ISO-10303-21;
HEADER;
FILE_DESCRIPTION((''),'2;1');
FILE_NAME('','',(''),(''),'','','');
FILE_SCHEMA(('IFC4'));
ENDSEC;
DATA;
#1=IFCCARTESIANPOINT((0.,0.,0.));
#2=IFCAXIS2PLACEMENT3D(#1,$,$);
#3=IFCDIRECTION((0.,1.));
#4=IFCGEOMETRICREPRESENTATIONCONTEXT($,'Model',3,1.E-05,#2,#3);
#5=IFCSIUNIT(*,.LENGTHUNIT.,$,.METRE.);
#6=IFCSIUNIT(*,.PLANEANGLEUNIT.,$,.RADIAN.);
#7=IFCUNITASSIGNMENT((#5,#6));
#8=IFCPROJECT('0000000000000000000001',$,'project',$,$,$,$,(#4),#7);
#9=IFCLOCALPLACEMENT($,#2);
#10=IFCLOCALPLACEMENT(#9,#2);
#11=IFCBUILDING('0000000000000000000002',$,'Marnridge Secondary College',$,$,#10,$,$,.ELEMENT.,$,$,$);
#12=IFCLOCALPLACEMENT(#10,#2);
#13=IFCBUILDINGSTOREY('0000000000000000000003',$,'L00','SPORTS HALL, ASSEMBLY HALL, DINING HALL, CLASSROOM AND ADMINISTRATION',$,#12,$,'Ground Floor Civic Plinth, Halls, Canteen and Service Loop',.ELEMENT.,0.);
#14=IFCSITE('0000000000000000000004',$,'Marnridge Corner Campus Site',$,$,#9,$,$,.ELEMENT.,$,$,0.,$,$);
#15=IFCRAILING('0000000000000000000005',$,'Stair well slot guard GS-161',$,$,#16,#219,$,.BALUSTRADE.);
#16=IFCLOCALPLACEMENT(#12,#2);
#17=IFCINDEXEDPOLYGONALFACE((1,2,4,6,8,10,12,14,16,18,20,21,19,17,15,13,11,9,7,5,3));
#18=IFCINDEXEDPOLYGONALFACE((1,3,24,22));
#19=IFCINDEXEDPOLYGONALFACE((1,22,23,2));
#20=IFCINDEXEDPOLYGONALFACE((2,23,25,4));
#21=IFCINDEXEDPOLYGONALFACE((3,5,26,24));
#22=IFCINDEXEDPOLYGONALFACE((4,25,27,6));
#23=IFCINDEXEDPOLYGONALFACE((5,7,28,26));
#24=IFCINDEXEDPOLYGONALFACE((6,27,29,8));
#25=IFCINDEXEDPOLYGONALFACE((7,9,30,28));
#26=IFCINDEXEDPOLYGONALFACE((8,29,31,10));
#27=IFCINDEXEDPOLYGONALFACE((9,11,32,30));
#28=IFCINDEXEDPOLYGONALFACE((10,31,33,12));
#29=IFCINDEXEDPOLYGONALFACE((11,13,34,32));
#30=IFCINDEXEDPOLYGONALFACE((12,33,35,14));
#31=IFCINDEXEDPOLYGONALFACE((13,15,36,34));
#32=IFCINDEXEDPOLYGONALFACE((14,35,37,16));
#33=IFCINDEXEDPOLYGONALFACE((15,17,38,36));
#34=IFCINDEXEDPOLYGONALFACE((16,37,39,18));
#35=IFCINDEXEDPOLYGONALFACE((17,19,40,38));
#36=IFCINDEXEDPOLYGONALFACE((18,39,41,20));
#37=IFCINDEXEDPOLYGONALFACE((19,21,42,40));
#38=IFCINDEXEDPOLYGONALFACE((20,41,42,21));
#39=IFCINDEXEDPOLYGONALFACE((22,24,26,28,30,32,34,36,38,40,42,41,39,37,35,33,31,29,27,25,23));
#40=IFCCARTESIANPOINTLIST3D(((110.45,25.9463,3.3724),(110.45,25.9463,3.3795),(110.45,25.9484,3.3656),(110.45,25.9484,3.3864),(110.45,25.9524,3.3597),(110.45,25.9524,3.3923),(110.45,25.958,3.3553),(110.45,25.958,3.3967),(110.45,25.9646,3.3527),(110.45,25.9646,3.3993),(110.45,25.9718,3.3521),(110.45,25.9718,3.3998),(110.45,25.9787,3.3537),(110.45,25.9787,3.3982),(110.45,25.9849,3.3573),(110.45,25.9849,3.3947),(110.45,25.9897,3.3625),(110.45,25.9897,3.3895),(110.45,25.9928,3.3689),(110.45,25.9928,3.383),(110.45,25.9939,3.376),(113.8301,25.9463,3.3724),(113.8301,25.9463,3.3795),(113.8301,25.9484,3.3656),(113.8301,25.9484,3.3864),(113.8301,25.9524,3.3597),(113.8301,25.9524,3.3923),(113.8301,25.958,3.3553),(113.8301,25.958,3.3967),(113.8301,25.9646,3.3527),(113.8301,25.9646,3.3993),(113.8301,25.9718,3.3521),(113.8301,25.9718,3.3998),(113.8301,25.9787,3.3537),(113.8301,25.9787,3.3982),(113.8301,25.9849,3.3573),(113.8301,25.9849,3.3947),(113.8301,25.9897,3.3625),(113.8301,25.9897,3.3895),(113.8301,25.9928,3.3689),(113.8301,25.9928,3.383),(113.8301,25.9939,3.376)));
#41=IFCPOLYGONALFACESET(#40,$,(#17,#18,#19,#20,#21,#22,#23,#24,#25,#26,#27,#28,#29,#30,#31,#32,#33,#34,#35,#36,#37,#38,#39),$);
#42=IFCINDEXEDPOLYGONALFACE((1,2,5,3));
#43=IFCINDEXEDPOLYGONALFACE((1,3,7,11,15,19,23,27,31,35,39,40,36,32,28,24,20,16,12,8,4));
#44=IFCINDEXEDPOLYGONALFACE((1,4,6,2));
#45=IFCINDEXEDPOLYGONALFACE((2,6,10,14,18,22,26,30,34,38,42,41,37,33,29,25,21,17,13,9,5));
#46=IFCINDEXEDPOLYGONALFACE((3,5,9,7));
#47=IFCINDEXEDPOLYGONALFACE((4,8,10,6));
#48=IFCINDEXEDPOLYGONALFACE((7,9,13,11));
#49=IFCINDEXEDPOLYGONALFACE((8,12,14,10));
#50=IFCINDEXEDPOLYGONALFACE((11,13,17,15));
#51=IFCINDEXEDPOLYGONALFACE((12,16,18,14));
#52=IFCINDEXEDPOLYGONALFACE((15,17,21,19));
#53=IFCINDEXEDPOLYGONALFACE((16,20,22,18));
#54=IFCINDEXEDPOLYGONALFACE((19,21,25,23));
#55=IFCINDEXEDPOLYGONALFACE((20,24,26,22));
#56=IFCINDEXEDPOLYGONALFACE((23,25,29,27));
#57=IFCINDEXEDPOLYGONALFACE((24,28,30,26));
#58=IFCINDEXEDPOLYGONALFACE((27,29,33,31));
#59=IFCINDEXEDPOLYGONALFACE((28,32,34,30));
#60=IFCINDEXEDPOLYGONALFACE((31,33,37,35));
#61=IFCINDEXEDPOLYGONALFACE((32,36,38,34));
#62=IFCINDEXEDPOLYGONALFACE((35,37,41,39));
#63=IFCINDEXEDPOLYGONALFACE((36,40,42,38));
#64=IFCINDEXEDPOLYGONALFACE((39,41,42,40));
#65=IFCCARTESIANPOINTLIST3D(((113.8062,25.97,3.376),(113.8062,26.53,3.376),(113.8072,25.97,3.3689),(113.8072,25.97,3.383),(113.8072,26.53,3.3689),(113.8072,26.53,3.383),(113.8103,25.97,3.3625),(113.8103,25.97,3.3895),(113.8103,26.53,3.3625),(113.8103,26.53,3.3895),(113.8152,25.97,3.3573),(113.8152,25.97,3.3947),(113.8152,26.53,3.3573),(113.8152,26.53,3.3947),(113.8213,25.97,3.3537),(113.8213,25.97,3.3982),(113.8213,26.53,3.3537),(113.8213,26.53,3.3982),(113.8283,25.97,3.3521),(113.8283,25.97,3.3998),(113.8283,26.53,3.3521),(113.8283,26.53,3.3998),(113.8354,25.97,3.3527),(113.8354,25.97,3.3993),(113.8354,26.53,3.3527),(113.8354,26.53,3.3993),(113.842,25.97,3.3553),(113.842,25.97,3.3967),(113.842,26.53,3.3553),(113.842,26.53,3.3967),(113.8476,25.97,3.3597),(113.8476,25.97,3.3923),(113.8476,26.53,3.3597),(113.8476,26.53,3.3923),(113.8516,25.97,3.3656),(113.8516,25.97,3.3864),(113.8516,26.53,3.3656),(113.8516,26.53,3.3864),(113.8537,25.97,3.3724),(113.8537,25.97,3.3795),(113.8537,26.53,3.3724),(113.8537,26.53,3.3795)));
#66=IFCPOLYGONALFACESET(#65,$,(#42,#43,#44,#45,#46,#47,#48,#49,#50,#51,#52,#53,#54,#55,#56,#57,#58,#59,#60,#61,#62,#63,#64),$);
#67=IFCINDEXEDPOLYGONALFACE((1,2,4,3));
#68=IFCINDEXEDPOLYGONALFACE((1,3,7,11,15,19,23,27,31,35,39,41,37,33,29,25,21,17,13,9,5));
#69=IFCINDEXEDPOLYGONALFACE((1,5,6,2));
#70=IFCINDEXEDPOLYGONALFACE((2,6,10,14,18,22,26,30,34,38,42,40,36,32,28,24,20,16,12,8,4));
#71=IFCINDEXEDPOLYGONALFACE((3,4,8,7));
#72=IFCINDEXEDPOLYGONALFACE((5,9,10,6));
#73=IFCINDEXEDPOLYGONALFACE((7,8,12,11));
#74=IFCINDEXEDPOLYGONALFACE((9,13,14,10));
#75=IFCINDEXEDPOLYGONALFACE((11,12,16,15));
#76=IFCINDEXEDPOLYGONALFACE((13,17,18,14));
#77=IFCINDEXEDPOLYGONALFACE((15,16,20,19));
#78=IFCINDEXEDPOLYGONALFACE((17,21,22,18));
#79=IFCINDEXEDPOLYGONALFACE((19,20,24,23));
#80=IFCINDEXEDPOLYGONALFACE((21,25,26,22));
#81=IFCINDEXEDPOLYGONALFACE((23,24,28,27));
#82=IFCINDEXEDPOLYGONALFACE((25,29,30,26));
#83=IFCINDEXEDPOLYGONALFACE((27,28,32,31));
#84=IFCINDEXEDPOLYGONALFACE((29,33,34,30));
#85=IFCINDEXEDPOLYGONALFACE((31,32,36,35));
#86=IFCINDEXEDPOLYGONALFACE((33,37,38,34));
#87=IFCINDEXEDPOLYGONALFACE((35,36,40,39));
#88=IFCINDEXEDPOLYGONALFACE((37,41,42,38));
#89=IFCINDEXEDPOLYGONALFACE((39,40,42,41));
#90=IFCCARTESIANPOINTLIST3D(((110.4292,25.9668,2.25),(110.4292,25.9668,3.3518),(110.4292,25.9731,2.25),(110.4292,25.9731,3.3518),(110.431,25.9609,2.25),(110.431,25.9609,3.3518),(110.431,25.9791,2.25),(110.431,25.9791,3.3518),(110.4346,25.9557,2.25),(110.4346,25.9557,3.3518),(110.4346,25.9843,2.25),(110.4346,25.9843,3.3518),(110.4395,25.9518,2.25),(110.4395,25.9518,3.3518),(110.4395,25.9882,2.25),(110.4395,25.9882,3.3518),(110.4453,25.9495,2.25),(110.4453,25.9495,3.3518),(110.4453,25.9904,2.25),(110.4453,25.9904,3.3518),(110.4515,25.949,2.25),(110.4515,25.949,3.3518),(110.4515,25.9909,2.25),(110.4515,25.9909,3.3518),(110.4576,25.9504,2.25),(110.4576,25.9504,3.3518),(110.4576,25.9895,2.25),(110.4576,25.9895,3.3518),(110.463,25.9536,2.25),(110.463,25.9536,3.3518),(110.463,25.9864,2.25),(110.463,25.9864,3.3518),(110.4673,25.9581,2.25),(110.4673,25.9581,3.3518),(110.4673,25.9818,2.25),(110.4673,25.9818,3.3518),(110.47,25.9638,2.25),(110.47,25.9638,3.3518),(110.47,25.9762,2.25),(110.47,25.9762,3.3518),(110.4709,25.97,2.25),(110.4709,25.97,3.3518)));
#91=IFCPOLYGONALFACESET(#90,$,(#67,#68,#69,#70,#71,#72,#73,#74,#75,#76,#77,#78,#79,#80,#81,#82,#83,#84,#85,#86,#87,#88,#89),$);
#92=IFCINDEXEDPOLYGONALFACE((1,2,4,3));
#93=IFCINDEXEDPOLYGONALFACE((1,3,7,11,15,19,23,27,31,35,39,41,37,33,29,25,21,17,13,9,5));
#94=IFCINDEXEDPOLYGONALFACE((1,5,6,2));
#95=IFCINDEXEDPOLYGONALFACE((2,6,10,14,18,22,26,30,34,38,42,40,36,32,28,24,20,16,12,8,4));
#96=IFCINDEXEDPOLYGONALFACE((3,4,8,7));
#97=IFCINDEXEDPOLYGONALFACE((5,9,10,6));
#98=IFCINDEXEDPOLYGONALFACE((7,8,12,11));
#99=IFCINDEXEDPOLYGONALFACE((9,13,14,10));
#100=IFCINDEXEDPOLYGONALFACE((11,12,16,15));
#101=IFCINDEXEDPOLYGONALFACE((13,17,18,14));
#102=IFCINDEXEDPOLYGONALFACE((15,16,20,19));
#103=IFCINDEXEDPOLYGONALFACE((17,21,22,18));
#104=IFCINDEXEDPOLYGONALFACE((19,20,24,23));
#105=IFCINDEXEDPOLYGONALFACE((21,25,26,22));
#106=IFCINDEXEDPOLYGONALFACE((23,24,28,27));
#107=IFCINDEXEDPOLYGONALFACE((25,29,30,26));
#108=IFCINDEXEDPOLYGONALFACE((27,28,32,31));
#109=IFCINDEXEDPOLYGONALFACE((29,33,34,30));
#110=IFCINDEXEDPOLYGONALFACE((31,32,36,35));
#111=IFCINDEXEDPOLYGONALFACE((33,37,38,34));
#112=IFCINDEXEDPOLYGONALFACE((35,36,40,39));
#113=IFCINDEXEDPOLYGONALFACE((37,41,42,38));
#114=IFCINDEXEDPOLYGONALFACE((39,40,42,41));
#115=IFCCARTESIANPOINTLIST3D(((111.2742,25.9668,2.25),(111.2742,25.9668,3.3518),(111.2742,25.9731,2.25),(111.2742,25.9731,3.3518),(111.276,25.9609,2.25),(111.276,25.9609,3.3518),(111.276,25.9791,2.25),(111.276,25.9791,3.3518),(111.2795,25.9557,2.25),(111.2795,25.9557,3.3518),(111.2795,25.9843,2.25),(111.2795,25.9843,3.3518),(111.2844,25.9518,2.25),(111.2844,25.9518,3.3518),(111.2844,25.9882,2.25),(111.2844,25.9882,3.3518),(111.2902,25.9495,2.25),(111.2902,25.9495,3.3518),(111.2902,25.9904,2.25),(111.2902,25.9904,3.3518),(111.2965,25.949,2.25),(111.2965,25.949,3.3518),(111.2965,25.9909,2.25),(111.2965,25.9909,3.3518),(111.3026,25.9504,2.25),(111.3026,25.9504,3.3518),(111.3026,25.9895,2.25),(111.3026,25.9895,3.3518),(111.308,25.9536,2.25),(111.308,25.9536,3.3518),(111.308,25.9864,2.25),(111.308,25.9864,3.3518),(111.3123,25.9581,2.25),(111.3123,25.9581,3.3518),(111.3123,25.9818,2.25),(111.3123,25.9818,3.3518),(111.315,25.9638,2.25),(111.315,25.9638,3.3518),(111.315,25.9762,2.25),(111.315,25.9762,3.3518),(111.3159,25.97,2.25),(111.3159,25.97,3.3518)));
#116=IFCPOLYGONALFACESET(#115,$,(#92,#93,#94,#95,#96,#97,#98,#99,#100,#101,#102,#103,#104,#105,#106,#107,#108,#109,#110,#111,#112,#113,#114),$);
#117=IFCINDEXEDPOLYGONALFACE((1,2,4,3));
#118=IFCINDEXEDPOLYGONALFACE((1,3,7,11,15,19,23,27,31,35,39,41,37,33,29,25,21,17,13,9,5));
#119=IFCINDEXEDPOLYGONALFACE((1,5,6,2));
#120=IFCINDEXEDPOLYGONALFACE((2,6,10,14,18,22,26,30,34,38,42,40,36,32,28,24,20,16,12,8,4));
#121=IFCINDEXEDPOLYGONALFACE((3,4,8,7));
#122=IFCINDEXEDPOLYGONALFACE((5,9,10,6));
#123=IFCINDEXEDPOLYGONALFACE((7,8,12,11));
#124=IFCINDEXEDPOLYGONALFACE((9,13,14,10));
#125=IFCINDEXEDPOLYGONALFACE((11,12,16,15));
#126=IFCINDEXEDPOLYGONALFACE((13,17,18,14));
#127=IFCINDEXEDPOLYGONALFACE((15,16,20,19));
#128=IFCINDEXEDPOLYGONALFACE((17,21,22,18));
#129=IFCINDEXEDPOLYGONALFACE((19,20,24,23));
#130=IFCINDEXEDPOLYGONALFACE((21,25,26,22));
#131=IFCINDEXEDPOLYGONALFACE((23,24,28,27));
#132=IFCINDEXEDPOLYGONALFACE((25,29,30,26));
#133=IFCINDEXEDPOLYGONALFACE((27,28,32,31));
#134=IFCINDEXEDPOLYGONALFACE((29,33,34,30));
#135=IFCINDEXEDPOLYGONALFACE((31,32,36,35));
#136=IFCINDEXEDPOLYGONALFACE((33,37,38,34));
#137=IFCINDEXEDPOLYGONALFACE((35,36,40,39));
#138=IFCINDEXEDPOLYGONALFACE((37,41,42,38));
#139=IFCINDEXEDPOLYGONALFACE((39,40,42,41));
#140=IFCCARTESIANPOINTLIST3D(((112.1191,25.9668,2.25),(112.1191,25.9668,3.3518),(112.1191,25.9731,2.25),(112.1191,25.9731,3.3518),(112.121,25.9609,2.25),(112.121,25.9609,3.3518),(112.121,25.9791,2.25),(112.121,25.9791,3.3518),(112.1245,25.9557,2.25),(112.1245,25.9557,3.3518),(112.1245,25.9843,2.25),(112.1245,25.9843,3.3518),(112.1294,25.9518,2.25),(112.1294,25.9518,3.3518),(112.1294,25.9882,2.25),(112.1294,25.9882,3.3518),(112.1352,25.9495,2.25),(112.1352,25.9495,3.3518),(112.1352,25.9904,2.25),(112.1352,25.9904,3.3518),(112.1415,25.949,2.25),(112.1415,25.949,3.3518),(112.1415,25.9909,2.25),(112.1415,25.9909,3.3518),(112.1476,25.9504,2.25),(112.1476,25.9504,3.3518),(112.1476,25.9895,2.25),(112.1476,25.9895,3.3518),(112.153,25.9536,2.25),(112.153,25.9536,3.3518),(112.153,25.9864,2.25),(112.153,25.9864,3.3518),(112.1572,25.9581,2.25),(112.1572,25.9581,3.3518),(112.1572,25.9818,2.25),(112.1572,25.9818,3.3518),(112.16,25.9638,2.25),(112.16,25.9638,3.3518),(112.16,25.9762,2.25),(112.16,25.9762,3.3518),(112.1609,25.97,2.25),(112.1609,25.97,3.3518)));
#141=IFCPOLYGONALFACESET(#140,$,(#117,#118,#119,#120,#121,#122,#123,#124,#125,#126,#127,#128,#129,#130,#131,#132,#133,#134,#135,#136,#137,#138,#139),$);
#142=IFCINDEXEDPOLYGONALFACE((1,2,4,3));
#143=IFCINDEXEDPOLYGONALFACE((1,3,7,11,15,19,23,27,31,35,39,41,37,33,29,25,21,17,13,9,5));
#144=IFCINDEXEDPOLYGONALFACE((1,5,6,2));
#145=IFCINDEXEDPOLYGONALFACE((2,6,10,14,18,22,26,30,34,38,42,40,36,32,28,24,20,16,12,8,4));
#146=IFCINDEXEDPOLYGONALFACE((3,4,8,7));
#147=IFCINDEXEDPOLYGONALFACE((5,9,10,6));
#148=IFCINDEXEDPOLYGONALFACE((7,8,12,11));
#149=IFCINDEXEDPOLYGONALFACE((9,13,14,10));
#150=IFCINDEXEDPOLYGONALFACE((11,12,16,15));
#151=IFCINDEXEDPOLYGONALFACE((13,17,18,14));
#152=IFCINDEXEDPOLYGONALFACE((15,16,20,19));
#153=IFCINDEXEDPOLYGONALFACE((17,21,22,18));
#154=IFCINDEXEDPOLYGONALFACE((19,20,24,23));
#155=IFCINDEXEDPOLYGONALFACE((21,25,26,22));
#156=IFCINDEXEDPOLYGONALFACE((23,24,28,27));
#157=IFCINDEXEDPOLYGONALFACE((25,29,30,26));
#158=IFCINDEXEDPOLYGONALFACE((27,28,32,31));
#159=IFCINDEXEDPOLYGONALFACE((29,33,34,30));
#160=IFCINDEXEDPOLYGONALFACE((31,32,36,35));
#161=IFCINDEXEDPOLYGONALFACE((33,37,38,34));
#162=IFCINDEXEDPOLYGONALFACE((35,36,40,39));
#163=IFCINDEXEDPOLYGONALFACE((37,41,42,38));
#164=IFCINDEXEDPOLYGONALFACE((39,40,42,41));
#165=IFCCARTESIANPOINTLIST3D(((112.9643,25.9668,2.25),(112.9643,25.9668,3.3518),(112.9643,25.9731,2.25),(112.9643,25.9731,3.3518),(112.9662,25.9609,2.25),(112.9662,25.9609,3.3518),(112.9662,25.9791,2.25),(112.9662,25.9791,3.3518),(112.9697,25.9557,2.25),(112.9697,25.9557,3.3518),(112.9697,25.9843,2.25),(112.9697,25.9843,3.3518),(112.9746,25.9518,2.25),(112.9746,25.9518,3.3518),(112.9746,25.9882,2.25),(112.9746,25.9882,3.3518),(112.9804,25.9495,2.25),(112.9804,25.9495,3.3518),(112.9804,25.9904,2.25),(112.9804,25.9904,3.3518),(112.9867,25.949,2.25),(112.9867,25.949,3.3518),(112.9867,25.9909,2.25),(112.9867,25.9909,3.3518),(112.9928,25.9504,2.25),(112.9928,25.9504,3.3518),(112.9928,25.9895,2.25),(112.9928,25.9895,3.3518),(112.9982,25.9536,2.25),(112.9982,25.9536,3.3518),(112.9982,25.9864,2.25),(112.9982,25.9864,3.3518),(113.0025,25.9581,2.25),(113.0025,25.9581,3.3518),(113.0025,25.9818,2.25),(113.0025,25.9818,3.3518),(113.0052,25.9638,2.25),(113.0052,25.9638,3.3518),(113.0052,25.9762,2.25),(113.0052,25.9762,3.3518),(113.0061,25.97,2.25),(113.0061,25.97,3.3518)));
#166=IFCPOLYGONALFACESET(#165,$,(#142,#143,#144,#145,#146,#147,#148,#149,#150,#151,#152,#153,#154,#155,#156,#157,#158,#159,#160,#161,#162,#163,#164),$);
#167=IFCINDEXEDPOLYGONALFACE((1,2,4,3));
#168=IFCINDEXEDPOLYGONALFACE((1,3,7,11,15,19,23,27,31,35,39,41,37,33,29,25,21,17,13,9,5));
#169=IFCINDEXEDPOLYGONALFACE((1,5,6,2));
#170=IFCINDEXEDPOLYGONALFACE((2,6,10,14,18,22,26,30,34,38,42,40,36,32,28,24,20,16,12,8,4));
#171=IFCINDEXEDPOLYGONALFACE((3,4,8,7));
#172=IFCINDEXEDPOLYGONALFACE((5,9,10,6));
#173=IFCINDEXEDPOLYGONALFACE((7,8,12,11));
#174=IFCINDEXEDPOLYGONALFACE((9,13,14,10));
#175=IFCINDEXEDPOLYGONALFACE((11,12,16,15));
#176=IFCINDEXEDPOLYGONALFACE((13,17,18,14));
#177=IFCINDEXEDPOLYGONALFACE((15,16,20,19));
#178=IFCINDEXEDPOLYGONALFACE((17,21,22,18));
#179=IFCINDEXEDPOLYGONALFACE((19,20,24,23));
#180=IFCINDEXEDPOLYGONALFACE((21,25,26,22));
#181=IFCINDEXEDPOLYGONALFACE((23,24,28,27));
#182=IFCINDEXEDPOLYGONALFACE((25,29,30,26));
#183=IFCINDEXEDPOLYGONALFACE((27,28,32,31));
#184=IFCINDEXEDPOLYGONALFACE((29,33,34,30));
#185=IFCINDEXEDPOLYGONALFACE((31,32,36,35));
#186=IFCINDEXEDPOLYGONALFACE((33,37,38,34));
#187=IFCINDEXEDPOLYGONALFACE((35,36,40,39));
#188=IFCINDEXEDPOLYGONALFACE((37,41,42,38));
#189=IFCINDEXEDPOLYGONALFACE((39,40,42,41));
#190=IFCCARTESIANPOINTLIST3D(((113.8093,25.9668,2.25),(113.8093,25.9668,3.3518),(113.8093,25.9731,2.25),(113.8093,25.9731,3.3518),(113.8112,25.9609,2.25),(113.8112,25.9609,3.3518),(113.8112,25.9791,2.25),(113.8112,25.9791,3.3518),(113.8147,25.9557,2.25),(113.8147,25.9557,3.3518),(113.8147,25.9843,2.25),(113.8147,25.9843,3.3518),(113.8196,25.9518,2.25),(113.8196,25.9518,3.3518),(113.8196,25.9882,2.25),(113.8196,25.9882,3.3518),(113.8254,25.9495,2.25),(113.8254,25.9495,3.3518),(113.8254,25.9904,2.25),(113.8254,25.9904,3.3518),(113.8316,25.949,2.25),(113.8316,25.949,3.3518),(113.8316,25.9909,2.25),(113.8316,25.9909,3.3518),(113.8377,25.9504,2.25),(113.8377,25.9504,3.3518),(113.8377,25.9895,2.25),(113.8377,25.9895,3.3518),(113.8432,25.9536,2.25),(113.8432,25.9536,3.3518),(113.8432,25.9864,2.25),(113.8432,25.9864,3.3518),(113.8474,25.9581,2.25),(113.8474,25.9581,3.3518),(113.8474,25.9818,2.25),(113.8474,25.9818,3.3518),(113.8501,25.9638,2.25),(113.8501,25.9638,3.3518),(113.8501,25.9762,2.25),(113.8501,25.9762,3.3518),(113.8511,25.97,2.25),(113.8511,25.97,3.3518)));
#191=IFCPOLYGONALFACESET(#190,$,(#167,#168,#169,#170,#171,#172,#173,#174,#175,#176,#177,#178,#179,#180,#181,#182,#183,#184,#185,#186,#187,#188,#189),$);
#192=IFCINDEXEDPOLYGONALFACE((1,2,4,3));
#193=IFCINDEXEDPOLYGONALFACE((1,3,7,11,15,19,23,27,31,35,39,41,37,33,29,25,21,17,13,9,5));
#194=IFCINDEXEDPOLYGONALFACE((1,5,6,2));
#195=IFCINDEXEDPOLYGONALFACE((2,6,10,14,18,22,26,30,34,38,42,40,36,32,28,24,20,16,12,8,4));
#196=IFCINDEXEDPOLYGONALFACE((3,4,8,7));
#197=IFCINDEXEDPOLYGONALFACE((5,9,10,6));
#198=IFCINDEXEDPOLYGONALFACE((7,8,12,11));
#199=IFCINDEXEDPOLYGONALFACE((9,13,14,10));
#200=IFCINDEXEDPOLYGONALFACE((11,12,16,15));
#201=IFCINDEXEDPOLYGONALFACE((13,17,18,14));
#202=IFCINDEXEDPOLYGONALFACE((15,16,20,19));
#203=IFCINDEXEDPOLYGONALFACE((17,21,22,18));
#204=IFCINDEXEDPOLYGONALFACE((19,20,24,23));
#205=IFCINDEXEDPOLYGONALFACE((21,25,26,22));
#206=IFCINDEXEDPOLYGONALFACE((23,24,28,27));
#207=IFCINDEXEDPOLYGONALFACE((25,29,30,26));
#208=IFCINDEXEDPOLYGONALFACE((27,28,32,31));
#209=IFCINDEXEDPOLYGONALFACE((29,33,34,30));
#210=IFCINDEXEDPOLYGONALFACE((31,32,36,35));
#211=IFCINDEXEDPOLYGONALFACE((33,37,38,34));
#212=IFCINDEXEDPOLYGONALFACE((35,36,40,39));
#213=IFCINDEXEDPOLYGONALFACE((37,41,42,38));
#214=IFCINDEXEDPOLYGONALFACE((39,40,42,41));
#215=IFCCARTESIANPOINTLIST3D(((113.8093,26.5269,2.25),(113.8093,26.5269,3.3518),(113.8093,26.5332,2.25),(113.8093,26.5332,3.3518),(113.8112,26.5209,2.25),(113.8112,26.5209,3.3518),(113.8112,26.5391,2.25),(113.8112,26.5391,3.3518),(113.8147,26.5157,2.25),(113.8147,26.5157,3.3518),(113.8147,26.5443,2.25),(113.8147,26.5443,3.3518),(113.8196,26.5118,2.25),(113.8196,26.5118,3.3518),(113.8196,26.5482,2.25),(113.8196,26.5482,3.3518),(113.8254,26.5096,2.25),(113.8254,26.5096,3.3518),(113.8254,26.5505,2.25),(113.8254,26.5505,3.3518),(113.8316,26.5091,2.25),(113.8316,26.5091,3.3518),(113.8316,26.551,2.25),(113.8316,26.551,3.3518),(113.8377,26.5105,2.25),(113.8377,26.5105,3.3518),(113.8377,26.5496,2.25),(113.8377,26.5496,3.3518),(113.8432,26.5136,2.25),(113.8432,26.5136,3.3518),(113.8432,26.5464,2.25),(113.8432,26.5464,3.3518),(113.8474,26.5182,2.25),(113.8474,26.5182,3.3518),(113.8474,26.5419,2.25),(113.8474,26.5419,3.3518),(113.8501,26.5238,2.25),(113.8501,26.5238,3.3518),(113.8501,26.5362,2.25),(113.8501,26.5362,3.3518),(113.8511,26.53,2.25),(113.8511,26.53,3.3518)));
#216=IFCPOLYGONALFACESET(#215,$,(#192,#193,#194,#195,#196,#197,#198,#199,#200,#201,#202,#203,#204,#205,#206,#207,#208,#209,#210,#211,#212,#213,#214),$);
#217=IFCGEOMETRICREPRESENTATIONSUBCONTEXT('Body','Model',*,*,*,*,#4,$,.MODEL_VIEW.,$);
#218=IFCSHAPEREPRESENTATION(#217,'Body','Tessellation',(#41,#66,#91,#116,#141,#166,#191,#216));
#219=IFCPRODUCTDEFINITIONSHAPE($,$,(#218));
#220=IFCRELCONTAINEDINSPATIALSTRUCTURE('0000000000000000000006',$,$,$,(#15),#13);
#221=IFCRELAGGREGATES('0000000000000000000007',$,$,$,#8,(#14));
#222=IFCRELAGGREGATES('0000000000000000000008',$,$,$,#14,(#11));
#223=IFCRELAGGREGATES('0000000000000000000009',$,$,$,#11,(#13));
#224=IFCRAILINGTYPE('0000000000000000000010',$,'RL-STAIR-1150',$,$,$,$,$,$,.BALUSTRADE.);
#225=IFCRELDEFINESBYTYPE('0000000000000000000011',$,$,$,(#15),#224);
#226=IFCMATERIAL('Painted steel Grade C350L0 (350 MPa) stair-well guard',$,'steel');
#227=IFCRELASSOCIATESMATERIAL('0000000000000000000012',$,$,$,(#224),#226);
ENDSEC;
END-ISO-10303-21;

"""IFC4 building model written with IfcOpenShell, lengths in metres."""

from ifc_helpers import new_model, si_unit, direction, frame, origin, origin_2d, place, context, subcontext, project, spatial, circle, extrude, material, type_object, element, save


model = new_model("IFC4")

# Units and contexts
model_context = context("Model", 3, precision=1e-05, world=origin(), true_north=direction((0.0, 1.0)))
body_context = subcontext(model_context, "Body", "Model", "MODEL_VIEW")
ifc_project = project(units=[si_unit("LENGTHUNIT", "METRE"), si_unit("PLANEANGLEUNIT", "RADIAN")], contexts=[model_context])

# Site, building, storey
site_placement = place(None, origin())
site = spatial("IfcSite", under=ifc_project, at=site_placement, Name="Marnridge Corner Campus Site", CompositionType="ELEMENT", RefElevation=0.0)
building_placement = place(site_placement, origin())
building = spatial("IfcBuilding", under=site, at=building_placement, Name="Marnridge Secondary College", CompositionType="ELEMENT")
storey_placement = place(building_placement, origin())
storey = spatial("IfcBuildingStorey", under=building, at=storey_placement, Name="L00", Description="SPORTS HALL, ASSEMBLY HALL, DINING HALL, CLASSROOM AND ADMINISTRATION", LongName="Ground Floor Civic Plinth, Halls, Canteen and Service Loop", CompositionType="ELEMENT", Elevation=0.0)

# Railing
ifc_material_1 = material(Name="Painted steel Grade C350L0 (350 MPa) stair-well guard", Category="steel")
railing_type_1 = type_object("IfcRailingType", Name="RL-STAIR-1150", PredefinedType="BALUSTRADE", material=ifc_material_1)
railing_placement = place(storey_placement, frame((110.45, 25.97, 2.25)))
element("IfcRailing", 1, at=railing_placement, inside=storey, type_object=railing_type_1, Name="Stair well slot guard GS-161", PredefinedType="BALUSTRADE", context=body_context, shape_type="SweptSolid", body=[
    extrude(circle(Radius=0.0239, at=origin_2d()), frame((0.0, 0.0, 1.126), z_axis=(1.0, 0.0, 0.0), x_axis=(0.0, 1.0, 0.0)), (0.0, 0.0, 1.0), 3.3801),
    extrude(circle(Radius=0.0239, at=origin_2d()), frame((3.3801, 0.0, 1.126), z_axis=(0.0, 1.0, 0.0), x_axis=(-1.0, 0.0, 0.0)), (0.0, 0.0, 1.0), 0.5601),
    extrude(circle(Radius=0.021, at=origin_2d()), origin(), (0.0, 0.0, 1.0), 1.1018),
    extrude(circle(Radius=0.021, at=origin_2d()), frame((0.845, 0.0, 0.0)), (0.0, 0.0, 1.0), 1.1018),
    extrude(circle(Radius=0.021, at=origin_2d()), frame((1.6899, 0.0, 0.0)), (0.0, 0.0, 1.0), 1.1018),
    extrude(circle(Radius=0.021, at=origin_2d()), frame((2.5352, 0.0, 0.0)), (0.0, 0.0, 1.0), 1.1018),
    extrude(circle(Radius=0.021, at=origin_2d()), frame((3.3801, 0.0, 0.0)), (0.0, 0.0, 1.0), 1.1018),
    extrude(circle(Radius=0.021, at=origin_2d()), frame((3.3801, 0.5601, 0.0)), (0.0, 0.0, 1.0), 1.1018),
])

save(model, "model.ifc")
